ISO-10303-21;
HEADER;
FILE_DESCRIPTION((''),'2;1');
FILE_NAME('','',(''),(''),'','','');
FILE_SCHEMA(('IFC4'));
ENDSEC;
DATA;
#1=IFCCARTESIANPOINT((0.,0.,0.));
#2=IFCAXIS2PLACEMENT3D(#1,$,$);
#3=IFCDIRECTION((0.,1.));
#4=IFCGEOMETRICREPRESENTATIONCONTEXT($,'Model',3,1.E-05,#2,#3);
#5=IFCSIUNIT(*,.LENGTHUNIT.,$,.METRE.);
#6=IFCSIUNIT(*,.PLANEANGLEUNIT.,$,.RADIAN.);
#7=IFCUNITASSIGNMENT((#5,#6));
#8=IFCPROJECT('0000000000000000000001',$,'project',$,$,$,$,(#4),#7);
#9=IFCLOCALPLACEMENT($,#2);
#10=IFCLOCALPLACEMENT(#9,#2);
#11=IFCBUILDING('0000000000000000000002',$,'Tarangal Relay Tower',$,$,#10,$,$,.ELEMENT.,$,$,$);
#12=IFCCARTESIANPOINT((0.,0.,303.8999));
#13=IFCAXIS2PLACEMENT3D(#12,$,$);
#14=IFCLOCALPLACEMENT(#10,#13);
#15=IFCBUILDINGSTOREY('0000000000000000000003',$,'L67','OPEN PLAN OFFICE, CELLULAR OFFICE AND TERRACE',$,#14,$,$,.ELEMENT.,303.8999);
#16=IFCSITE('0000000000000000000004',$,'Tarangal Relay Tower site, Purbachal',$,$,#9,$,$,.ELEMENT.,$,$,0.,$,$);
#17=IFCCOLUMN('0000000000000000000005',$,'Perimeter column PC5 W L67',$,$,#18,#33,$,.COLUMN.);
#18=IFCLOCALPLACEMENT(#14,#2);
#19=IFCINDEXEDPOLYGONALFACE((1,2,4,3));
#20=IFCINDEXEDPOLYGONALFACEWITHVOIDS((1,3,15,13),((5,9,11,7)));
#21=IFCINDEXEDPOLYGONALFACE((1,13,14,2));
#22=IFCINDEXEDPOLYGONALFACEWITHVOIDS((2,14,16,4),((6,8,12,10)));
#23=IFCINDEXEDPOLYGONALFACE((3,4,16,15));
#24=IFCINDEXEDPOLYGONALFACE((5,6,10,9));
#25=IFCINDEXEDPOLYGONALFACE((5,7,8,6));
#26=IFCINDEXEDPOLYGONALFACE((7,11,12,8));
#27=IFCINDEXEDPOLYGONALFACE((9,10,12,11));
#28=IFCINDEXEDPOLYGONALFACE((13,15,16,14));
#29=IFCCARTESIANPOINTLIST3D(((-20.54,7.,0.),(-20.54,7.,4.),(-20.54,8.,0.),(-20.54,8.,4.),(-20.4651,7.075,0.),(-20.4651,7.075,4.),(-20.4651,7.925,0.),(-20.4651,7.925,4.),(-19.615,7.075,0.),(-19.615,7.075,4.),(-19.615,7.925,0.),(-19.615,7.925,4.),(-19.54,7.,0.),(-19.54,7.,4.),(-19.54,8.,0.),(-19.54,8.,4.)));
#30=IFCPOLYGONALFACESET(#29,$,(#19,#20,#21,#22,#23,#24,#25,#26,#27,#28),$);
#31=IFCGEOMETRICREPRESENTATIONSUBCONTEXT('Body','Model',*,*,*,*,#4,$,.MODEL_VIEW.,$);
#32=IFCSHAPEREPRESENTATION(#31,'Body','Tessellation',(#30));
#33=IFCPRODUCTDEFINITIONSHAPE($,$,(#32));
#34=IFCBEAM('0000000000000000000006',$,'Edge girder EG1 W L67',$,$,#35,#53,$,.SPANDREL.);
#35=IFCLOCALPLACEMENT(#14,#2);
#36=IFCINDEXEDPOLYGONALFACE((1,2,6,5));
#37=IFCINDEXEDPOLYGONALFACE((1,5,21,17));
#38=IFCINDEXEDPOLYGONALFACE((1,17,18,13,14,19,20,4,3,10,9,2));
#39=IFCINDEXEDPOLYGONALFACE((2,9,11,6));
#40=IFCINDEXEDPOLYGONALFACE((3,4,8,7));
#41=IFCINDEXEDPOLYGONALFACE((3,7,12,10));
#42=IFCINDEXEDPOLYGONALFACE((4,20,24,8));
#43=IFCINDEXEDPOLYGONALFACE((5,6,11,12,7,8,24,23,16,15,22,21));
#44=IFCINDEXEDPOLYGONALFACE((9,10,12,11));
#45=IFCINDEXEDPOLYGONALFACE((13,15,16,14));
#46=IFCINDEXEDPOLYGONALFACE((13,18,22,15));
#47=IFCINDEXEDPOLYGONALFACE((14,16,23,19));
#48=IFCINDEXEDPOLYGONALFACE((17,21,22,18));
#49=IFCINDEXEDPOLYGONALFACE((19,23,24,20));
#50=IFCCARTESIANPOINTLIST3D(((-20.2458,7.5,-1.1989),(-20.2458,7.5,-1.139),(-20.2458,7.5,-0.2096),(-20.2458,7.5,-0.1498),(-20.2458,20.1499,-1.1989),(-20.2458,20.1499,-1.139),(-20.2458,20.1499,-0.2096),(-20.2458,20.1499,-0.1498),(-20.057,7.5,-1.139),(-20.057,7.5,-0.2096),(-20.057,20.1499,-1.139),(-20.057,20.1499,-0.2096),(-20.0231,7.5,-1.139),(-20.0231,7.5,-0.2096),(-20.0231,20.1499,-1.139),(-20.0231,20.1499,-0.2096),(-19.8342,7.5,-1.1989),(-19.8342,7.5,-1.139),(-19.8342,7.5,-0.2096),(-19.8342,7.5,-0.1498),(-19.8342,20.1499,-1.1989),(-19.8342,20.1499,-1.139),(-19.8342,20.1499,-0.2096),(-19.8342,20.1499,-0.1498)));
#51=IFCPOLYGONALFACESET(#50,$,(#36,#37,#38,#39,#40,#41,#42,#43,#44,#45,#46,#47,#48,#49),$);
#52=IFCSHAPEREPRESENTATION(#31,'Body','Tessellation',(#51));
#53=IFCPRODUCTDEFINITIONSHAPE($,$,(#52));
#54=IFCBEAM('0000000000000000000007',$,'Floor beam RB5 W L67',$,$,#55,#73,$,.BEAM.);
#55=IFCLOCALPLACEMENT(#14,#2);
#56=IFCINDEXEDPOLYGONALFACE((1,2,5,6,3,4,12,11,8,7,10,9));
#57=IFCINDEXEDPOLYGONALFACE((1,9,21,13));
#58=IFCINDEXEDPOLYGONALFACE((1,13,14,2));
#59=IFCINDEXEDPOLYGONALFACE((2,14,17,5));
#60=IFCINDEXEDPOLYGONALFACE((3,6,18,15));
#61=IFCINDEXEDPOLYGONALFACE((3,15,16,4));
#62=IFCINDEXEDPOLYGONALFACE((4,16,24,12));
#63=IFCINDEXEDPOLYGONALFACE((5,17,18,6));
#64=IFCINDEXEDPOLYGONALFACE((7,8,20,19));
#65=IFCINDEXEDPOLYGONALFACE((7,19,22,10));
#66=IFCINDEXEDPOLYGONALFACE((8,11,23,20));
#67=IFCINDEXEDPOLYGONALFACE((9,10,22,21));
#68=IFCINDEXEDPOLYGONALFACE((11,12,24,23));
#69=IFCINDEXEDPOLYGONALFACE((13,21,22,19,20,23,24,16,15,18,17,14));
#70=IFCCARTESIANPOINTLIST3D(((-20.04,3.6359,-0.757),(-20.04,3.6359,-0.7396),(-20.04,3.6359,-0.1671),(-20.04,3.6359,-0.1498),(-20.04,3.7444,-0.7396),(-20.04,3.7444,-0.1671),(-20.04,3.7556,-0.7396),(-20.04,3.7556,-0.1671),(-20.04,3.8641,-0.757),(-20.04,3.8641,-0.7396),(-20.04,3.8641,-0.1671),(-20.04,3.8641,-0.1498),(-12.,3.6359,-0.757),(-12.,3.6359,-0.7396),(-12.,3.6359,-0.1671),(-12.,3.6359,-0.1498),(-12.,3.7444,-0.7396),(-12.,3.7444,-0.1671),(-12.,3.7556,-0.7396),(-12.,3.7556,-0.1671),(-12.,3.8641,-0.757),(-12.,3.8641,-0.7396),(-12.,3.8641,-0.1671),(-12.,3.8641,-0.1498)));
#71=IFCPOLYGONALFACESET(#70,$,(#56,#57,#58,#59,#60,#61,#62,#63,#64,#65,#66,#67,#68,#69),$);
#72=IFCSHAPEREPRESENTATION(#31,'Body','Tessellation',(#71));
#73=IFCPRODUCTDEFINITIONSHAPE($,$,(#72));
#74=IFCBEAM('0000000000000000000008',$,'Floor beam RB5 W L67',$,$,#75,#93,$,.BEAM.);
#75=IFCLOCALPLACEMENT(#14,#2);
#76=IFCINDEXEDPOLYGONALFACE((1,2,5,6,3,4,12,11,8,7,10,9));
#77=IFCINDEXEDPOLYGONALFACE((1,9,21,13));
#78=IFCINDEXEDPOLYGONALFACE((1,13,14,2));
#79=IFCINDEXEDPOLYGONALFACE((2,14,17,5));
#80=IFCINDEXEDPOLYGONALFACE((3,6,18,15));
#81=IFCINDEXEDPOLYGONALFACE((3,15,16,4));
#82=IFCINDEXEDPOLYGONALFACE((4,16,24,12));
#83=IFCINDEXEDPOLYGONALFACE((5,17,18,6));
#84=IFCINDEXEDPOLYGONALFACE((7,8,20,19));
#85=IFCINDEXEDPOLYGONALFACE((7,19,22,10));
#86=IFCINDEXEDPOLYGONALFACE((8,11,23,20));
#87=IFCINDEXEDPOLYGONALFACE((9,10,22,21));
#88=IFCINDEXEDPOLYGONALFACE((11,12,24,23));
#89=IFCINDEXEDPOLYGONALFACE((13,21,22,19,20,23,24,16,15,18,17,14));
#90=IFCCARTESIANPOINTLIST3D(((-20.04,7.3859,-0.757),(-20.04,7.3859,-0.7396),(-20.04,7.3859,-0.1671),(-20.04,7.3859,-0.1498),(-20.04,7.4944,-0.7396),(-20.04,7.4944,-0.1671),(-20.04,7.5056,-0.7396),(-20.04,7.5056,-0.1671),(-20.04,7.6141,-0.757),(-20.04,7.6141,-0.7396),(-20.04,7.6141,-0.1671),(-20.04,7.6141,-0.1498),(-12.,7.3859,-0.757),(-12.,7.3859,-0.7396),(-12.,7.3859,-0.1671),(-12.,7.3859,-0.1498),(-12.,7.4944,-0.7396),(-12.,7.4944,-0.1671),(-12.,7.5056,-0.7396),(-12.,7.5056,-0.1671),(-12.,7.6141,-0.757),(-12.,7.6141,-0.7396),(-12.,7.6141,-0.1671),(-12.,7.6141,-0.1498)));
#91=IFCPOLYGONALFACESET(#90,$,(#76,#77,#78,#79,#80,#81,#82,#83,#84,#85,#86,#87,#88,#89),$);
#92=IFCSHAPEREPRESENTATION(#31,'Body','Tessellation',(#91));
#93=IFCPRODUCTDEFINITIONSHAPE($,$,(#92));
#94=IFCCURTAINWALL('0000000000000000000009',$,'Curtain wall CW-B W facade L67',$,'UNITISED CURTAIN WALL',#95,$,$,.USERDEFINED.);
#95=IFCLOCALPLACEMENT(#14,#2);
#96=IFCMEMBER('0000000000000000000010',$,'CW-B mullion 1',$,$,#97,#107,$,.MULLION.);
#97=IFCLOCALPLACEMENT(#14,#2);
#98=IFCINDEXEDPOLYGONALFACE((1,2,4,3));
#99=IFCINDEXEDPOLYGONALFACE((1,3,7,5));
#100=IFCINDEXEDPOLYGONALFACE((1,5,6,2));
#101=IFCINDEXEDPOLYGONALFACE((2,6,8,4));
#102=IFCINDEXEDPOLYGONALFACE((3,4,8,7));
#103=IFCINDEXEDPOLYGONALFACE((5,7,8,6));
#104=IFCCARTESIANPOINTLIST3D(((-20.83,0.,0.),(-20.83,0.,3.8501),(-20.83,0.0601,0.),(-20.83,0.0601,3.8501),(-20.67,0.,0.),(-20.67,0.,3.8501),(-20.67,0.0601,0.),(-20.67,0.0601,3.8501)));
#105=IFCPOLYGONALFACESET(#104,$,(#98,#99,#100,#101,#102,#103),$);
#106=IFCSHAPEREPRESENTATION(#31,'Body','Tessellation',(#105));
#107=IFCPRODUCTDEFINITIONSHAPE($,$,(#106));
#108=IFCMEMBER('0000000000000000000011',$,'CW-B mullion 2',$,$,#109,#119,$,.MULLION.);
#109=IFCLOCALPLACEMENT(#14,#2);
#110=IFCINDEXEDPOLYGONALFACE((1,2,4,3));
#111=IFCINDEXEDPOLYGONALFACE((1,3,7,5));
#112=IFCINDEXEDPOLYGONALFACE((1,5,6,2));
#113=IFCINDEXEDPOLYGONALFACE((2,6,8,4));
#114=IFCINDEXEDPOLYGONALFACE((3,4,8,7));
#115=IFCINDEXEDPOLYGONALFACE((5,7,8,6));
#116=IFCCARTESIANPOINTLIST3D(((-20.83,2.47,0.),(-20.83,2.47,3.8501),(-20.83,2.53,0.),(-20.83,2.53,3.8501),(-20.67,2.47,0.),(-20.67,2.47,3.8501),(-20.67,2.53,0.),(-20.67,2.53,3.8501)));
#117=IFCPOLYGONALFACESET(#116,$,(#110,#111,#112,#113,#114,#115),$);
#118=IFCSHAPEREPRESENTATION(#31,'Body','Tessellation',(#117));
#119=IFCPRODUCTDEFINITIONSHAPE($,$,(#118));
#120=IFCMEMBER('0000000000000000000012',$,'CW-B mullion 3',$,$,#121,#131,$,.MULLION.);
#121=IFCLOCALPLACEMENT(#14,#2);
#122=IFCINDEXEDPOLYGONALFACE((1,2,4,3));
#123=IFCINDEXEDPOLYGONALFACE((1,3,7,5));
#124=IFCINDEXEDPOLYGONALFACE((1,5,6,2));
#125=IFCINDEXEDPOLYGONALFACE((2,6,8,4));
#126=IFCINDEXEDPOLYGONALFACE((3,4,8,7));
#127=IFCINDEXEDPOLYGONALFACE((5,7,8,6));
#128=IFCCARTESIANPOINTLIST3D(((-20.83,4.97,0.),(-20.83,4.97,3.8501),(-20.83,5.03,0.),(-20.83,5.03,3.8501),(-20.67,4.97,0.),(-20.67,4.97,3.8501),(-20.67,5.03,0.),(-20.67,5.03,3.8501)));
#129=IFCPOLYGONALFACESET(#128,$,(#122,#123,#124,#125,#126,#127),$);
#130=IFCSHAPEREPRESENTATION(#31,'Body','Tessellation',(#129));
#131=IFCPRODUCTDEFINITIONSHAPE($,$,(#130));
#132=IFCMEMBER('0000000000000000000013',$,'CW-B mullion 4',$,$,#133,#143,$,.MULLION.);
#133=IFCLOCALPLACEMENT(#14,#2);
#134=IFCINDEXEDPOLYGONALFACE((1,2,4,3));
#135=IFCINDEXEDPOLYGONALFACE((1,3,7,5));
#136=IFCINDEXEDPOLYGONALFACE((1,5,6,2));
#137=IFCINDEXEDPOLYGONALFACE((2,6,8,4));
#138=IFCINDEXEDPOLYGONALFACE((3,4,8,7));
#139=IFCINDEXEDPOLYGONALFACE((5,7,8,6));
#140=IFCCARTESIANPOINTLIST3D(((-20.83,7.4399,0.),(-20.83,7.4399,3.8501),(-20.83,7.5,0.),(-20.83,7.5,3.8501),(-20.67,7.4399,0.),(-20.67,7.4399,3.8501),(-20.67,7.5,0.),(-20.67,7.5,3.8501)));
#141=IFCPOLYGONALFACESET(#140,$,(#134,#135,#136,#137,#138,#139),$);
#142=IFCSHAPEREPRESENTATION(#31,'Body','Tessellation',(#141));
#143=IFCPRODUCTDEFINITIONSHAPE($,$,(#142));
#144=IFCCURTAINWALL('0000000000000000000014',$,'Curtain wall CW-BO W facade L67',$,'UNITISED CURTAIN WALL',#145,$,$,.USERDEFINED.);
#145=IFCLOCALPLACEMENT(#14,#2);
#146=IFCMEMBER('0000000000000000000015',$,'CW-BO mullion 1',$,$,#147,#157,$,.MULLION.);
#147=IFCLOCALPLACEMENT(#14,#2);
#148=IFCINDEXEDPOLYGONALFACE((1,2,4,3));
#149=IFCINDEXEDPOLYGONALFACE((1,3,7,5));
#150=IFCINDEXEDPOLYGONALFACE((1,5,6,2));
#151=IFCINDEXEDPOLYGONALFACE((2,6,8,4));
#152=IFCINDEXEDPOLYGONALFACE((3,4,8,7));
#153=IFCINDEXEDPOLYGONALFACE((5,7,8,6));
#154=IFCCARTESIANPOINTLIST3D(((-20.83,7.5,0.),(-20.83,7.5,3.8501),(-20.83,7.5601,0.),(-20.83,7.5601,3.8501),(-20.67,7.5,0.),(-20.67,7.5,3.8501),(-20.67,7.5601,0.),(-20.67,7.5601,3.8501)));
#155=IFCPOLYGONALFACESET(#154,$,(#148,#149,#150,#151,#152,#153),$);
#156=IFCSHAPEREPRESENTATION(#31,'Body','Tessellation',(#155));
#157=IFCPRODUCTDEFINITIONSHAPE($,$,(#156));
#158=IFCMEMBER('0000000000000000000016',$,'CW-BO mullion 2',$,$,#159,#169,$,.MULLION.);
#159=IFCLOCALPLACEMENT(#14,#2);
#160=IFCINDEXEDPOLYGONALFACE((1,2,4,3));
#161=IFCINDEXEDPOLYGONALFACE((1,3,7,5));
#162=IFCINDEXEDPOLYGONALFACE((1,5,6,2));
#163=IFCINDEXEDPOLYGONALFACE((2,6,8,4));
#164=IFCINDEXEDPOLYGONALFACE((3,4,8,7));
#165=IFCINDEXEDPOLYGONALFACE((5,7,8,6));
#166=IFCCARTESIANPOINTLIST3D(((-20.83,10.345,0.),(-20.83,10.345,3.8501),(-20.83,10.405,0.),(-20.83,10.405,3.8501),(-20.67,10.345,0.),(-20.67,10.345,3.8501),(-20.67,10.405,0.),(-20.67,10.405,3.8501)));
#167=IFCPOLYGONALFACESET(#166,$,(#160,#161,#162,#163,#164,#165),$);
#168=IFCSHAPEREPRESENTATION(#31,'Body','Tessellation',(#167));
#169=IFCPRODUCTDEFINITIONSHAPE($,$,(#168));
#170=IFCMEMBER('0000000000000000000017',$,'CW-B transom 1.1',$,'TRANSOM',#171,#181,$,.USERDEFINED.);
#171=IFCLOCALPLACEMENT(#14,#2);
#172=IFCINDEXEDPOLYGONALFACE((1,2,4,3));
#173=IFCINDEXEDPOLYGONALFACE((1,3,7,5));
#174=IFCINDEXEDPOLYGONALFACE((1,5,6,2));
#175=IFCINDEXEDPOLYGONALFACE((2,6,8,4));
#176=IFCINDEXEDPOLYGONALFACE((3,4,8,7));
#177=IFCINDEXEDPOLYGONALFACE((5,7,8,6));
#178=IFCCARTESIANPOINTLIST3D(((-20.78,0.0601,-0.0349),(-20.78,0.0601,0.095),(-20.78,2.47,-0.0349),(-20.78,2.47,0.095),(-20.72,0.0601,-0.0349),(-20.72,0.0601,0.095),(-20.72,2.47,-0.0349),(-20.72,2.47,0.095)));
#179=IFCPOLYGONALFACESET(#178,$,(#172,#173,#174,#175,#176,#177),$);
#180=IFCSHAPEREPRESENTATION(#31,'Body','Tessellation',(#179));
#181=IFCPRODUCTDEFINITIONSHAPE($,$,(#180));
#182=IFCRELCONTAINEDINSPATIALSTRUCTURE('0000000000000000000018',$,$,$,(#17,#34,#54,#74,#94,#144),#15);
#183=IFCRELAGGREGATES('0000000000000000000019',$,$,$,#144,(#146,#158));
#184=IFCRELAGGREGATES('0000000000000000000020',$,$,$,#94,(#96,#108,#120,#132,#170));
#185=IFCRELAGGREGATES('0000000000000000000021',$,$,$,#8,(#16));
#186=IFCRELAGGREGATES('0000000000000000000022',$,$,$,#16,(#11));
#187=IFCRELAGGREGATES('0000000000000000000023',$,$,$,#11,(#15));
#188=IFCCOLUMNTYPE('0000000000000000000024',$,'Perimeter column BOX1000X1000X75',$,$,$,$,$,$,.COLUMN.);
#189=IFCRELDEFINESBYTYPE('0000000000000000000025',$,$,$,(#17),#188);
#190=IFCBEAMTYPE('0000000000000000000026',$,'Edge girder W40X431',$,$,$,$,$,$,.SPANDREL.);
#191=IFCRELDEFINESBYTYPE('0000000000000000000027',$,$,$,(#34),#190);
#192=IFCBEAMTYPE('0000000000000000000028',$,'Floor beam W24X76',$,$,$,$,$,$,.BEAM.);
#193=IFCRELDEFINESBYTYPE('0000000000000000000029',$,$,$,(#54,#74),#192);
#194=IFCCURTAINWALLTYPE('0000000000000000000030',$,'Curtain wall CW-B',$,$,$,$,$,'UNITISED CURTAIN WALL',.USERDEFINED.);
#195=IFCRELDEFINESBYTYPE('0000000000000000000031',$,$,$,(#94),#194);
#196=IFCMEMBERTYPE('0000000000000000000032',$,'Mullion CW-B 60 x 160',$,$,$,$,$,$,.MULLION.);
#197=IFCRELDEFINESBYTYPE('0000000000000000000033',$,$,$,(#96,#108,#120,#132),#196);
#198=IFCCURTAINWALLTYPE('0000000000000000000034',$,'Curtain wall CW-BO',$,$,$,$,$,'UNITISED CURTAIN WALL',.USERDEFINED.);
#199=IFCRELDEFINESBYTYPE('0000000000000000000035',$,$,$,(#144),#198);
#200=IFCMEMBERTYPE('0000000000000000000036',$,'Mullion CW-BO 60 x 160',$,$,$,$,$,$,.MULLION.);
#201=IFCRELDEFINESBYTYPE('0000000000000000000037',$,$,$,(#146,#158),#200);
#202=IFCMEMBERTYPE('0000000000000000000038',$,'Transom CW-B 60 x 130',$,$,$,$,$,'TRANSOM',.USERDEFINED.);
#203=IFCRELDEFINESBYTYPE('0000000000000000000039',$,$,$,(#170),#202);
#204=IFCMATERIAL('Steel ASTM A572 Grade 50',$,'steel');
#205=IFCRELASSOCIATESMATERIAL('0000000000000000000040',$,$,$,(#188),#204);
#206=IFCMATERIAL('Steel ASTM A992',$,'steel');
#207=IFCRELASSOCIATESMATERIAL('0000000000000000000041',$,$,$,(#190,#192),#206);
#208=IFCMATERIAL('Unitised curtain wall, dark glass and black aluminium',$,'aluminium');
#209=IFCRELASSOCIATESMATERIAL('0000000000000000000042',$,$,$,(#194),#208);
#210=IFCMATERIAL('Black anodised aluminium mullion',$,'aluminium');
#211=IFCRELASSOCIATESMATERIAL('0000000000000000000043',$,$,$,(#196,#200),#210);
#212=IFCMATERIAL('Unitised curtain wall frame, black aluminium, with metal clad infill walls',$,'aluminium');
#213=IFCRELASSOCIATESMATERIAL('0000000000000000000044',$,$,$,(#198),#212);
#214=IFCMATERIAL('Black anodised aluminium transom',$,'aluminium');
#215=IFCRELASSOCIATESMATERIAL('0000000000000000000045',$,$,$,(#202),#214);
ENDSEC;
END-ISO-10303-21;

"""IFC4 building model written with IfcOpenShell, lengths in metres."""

from ifc_helpers import new_model, si_unit, direction, frame, origin, origin_2d, place, context, subcontext, project, spatial, rectangle, hollow_rectangle, i_section, extrude, material, material_profile, profile_set, type_object, element, aggregate, save


model = new_model("IFC4")

# Units and contexts
model_context = context("Model", 3, precision=1e-05, world=origin(), true_north=direction((0.0, 1.0)))
body_context = subcontext(model_context, "Body", "Model", "MODEL_VIEW")
ifc_project = project(units=[si_unit("LENGTHUNIT", "METRE"), si_unit("PLANEANGLEUNIT", "RADIAN")], contexts=[model_context])

# Site, building, storey
site_placement = place(None, origin())
site = spatial("IfcSite", under=ifc_project, at=site_placement, Name="Tarangal Relay Tower site, Purbachal", CompositionType="ELEMENT", RefElevation=0.0)
building_placement = place(site_placement, origin())
building = spatial("IfcBuilding", under=site, at=building_placement, Name="Tarangal Relay Tower", CompositionType="ELEMENT")
storey_placement = place(building_placement, frame((0.0, 0.0, 303.8999)))
storey = spatial("IfcBuildingStorey", under=building, at=storey_placement, Name="L67", Description="OPEN PLAN OFFICE, CELLULAR OFFICE AND TERRACE", CompositionType="ELEMENT", Elevation=303.8999)

# Column
ifc_material_1 = material(Name="Steel ASTM A572 Grade 50", Category="steel")
ifc_material_profile_1 = material_profile(ifc_material_1, hollow_rectangle(XDim=1.0, YDim=1.0, WallThickness=0.075, at=origin_2d()), Name="BOX1000X1000X75")
ifc_profile_set_1 = profile_set([ifc_material_profile_1], Name="Steel ASTM A572 Grade 50")
column_type = type_object("IfcColumnType", Name="Perimeter column BOX1000X1000X75", PredefinedType="COLUMN", material=ifc_profile_set_1)
column_placement = place(storey_placement, frame((-20.04, 7.5, 0.0), z_axis=(0.0, 0.0, 1.0), x_axis=(1.0, 0.0, 0.0)))
element("IfcColumn", 1, at=column_placement, inside=storey, type_object=column_type, Name="Perimeter column PC5 W L67", PredefinedType="COLUMN", context=body_context, shape_type="SweptSolid", body=[
    extrude(hollow_rectangle(XDim=1.0, YDim=1.0, WallThickness=0.075, at=origin_2d()), origin(), (0.0, 0.0, 1.0), 4.0),
])

# Beams
ifc_material_2 = material(Name="Steel ASTM A992", Category="steel")
ifc_material_profile_2 = material_profile(ifc_material_2, i_section(OverallWidth=0.4116, OverallDepth=1.0491, WebThickness=0.0339, FlangeThickness=0.0598, at=origin_2d()), Name="W40X431")
ifc_profile_set_2 = profile_set([ifc_material_profile_2], Name="Steel ASTM A992")
beam_type_1 = type_object("IfcBeamType", Name="Edge girder W40X431", PredefinedType="SPANDREL", material=ifc_profile_set_2)
beam_placement = place(storey_placement, frame((-20.04, 7.5, -0.6743), z_axis=(0.0, 1.0, 0.0), x_axis=(-1.0, 0.0, 0.0)))
element("IfcBeam", 2, at=beam_placement, inside=storey, type_object=beam_type_1, Name="Edge girder EG1 W L67", PredefinedType="SPANDREL", context=body_context, shape_type="SweptSolid", body=[
    extrude(i_section(OverallWidth=0.4116, OverallDepth=1.0491, WebThickness=0.0339, FlangeThickness=0.0598, at=origin_2d()), origin(), (0.0, 0.0, 1.0), 12.6499),
])
ifc_material_profile_3 = material_profile(ifc_material_2, i_section(OverallWidth=0.2283, OverallDepth=0.6072, WebThickness=0.0112, FlangeThickness=0.0173, at=origin_2d()), Name="W24X76")
ifc_profile_set_3 = profile_set([ifc_material_profile_3], Name="Steel ASTM A992")
beam_type_2 = type_object("IfcBeamType", Name="Floor beam W24X76", PredefinedType="BEAM", material=ifc_profile_set_3)
for number, where, z_axis, x_axis, name in (
    (3, (-12.0, 3.75, -0.4534), (-1.0, 0.0, 0.0), (0.0, -1.0, 0.0), "Floor beam RB5 W L67"),
    (4, (-12.0, 7.5, -0.4534), (-1.0, 0.0, 0.0), (0.0, -1.0, 0.0), "Floor beam RB5 W L67"),
):
    element("IfcBeam", number, at=place(storey_placement, frame(where, z_axis=z_axis, x_axis=x_axis)), inside=storey, type_object=beam_type_2, Name=name, PredefinedType="BEAM", context=body_context, shape_type="SweptSolid", body=[
        extrude(i_section(OverallWidth=0.2283, OverallDepth=0.6072, WebThickness=0.0112, FlangeThickness=0.0173, at=origin_2d()), origin(), (0.0, 0.0, 1.0), 8.04),
    ])

# Curtain walls, members
ifc_material_3 = material(Name="Unitised curtain wall, dark glass and black aluminium", Category="aluminium")
curtain_wall_type_1 = type_object("IfcCurtainWallType", Name="Curtain wall CW-B", ElementType="UNITISED CURTAIN WALL", PredefinedType="USERDEFINED", material=ifc_material_3)
curtain_wall_1_placement = place(storey_placement, origin())
curtain_wall_1 = element("IfcCurtainWall", 5, at=curtain_wall_1_placement, inside=storey, type_object=curtain_wall_type_1, Name="Curtain wall CW-B W facade L67", ObjectType="UNITISED CURTAIN WALL", PredefinedType="USERDEFINED")
ifc_material_4 = material(Name="Black anodised aluminium mullion", Category="aluminium")
ifc_material_profile_4 = material_profile(ifc_material_4, rectangle(XDim=0.1599, YDim=0.0601, at=origin_2d()), Name="CW-BM 60X160")
ifc_profile_set_4 = profile_set([ifc_material_profile_4], Name="Black anodised aluminium mullion")
member_type_1 = type_object("IfcMemberType", Name="Mullion CW-B 60 x 160", PredefinedType="MULLION", material=ifc_profile_set_4)
member_1_placement = place(storey_placement, frame((-20.75, 0.03, 0.0), z_axis=(0.0, 0.0, 1.0), x_axis=(-1.0, 0.0, 0.0)))
member_1 = element("IfcMember", 6, at=member_1_placement, type_object=member_type_1, Name="CW-B mullion 1", PredefinedType="MULLION", context=body_context, shape_type="SweptSolid", body=[
    extrude(rectangle(XDim=0.1599, YDim=0.0601, at=origin_2d()), origin(), (0.0, 0.0, 1.0), 3.8501),
])
member_2_placement = place(storey_placement, frame((-20.75, 2.5, 0.0), z_axis=(0.0, 0.0, 1.0), x_axis=(-1.0, 0.0, 0.0)))
member_2 = element("IfcMember", 7, at=member_2_placement, type_object=member_type_1, Name="CW-B mullion 2", PredefinedType="MULLION", context=body_context, shape_type="SweptSolid", body=[
    extrude(rectangle(XDim=0.1599, YDim=0.0601, at=origin_2d()), origin(), (0.0, 0.0, 1.0), 3.8501),
])
member_3_placement = place(storey_placement, frame((-20.75, 5.0, 0.0), z_axis=(0.0, 0.0, 1.0), x_axis=(-1.0, 0.0, 0.0)))
member_3 = element("IfcMember", 8, at=member_3_placement, type_object=member_type_1, Name="CW-B mullion 3", PredefinedType="MULLION", context=body_context, shape_type="SweptSolid", body=[
    extrude(rectangle(XDim=0.1599, YDim=0.0601, at=origin_2d()), origin(), (0.0, 0.0, 1.0), 3.8501),
])
member_4_placement = place(storey_placement, frame((-20.75, 7.47, 0.0), z_axis=(0.0, 0.0, 1.0), x_axis=(-1.0, 0.0, 0.0)))
member_4 = element("IfcMember", 9, at=member_4_placement, type_object=member_type_1, Name="CW-B mullion 4", PredefinedType="MULLION", context=body_context, shape_type="SweptSolid", body=[
    extrude(rectangle(XDim=0.1599, YDim=0.0601, at=origin_2d()), origin(), (0.0, 0.0, 1.0), 3.8501),
])
ifc_material_5 = material(Name="Unitised curtain wall frame, black aluminium, with metal clad infill walls", Category="aluminium")
curtain_wall_type_2 = type_object("IfcCurtainWallType", Name="Curtain wall CW-BO", ElementType="UNITISED CURTAIN WALL", PredefinedType="USERDEFINED", material=ifc_material_5)
curtain_wall_2_placement = place(storey_placement, origin())
curtain_wall_2 = element("IfcCurtainWall", 10, at=curtain_wall_2_placement, inside=storey, type_object=curtain_wall_type_2, Name="Curtain wall CW-BO W facade L67", ObjectType="UNITISED CURTAIN WALL", PredefinedType="USERDEFINED")
ifc_material_profile_5 = material_profile(ifc_material_4, rectangle(XDim=0.1599, YDim=0.0601, at=origin_2d()), Name="CW-BOM 60X160")
ifc_profile_set_5 = profile_set([ifc_material_profile_5], Name="Black anodised aluminium mullion")
member_type_2 = type_object("IfcMemberType", Name="Mullion CW-BO 60 x 160", PredefinedType="MULLION", material=ifc_profile_set_5)
member_5_placement = place(storey_placement, frame((-20.75, 7.53, 0.0), z_axis=(0.0, 0.0, 1.0), x_axis=(-1.0, 0.0, 0.0)))
member_5 = element("IfcMember", 11, at=member_5_placement, type_object=member_type_2, Name="CW-BO mullion 1", PredefinedType="MULLION", context=body_context, shape_type="SweptSolid", body=[
    extrude(rectangle(XDim=0.1599, YDim=0.0601, at=origin_2d()), origin(), (0.0, 0.0, 1.0), 3.8501),
])
member_6_placement = place(storey_placement, frame((-20.75, 10.375, 0.0), z_axis=(0.0, 0.0, 1.0), x_axis=(-1.0, 0.0, 0.0)))
member_6 = element("IfcMember", 12, at=member_6_placement, type_object=member_type_2, Name="CW-BO mullion 2", PredefinedType="MULLION", context=body_context, shape_type="SweptSolid", body=[
    extrude(rectangle(XDim=0.1599, YDim=0.0601, at=origin_2d()), origin(), (0.0, 0.0, 1.0), 3.8501),
])

# Member
ifc_material_6 = material(Name="Black anodised aluminium transom", Category="aluminium")
ifc_material_profile_6 = material_profile(ifc_material_6, rectangle(XDim=0.0601, YDim=0.1299, at=origin_2d()), Name="CW-BT 60X130")
ifc_profile_set_6 = profile_set([ifc_material_profile_6], Name="Black anodised aluminium transom")
member_type_3 = type_object("IfcMemberType", Name="Transom CW-B 60 x 130", ElementType="TRANSOM", PredefinedType="USERDEFINED", material=ifc_profile_set_6)
member_7_placement = place(storey_placement, frame((-20.75, 0.0601, 0.03), z_axis=(0.0, 1.0, 0.0), x_axis=(-1.0, 0.0, 0.0)))
member_7 = element("IfcMember", 13, at=member_7_placement, type_object=member_type_3, Name="CW-B transom 1.1", ObjectType="TRANSOM", PredefinedType="USERDEFINED", context=body_context, shape_type="SweptSolid", body=[
    extrude(rectangle(XDim=0.0601, YDim=0.1299, at=origin_2d()), origin(), (0.0, 0.0, 1.0), 2.4099),
])
aggregate(curtain_wall_2, [member_5, member_6])

aggregate(curtain_wall_1, [member_1, member_2, member_3, member_4, member_7])

save(model, "model.ifc")
